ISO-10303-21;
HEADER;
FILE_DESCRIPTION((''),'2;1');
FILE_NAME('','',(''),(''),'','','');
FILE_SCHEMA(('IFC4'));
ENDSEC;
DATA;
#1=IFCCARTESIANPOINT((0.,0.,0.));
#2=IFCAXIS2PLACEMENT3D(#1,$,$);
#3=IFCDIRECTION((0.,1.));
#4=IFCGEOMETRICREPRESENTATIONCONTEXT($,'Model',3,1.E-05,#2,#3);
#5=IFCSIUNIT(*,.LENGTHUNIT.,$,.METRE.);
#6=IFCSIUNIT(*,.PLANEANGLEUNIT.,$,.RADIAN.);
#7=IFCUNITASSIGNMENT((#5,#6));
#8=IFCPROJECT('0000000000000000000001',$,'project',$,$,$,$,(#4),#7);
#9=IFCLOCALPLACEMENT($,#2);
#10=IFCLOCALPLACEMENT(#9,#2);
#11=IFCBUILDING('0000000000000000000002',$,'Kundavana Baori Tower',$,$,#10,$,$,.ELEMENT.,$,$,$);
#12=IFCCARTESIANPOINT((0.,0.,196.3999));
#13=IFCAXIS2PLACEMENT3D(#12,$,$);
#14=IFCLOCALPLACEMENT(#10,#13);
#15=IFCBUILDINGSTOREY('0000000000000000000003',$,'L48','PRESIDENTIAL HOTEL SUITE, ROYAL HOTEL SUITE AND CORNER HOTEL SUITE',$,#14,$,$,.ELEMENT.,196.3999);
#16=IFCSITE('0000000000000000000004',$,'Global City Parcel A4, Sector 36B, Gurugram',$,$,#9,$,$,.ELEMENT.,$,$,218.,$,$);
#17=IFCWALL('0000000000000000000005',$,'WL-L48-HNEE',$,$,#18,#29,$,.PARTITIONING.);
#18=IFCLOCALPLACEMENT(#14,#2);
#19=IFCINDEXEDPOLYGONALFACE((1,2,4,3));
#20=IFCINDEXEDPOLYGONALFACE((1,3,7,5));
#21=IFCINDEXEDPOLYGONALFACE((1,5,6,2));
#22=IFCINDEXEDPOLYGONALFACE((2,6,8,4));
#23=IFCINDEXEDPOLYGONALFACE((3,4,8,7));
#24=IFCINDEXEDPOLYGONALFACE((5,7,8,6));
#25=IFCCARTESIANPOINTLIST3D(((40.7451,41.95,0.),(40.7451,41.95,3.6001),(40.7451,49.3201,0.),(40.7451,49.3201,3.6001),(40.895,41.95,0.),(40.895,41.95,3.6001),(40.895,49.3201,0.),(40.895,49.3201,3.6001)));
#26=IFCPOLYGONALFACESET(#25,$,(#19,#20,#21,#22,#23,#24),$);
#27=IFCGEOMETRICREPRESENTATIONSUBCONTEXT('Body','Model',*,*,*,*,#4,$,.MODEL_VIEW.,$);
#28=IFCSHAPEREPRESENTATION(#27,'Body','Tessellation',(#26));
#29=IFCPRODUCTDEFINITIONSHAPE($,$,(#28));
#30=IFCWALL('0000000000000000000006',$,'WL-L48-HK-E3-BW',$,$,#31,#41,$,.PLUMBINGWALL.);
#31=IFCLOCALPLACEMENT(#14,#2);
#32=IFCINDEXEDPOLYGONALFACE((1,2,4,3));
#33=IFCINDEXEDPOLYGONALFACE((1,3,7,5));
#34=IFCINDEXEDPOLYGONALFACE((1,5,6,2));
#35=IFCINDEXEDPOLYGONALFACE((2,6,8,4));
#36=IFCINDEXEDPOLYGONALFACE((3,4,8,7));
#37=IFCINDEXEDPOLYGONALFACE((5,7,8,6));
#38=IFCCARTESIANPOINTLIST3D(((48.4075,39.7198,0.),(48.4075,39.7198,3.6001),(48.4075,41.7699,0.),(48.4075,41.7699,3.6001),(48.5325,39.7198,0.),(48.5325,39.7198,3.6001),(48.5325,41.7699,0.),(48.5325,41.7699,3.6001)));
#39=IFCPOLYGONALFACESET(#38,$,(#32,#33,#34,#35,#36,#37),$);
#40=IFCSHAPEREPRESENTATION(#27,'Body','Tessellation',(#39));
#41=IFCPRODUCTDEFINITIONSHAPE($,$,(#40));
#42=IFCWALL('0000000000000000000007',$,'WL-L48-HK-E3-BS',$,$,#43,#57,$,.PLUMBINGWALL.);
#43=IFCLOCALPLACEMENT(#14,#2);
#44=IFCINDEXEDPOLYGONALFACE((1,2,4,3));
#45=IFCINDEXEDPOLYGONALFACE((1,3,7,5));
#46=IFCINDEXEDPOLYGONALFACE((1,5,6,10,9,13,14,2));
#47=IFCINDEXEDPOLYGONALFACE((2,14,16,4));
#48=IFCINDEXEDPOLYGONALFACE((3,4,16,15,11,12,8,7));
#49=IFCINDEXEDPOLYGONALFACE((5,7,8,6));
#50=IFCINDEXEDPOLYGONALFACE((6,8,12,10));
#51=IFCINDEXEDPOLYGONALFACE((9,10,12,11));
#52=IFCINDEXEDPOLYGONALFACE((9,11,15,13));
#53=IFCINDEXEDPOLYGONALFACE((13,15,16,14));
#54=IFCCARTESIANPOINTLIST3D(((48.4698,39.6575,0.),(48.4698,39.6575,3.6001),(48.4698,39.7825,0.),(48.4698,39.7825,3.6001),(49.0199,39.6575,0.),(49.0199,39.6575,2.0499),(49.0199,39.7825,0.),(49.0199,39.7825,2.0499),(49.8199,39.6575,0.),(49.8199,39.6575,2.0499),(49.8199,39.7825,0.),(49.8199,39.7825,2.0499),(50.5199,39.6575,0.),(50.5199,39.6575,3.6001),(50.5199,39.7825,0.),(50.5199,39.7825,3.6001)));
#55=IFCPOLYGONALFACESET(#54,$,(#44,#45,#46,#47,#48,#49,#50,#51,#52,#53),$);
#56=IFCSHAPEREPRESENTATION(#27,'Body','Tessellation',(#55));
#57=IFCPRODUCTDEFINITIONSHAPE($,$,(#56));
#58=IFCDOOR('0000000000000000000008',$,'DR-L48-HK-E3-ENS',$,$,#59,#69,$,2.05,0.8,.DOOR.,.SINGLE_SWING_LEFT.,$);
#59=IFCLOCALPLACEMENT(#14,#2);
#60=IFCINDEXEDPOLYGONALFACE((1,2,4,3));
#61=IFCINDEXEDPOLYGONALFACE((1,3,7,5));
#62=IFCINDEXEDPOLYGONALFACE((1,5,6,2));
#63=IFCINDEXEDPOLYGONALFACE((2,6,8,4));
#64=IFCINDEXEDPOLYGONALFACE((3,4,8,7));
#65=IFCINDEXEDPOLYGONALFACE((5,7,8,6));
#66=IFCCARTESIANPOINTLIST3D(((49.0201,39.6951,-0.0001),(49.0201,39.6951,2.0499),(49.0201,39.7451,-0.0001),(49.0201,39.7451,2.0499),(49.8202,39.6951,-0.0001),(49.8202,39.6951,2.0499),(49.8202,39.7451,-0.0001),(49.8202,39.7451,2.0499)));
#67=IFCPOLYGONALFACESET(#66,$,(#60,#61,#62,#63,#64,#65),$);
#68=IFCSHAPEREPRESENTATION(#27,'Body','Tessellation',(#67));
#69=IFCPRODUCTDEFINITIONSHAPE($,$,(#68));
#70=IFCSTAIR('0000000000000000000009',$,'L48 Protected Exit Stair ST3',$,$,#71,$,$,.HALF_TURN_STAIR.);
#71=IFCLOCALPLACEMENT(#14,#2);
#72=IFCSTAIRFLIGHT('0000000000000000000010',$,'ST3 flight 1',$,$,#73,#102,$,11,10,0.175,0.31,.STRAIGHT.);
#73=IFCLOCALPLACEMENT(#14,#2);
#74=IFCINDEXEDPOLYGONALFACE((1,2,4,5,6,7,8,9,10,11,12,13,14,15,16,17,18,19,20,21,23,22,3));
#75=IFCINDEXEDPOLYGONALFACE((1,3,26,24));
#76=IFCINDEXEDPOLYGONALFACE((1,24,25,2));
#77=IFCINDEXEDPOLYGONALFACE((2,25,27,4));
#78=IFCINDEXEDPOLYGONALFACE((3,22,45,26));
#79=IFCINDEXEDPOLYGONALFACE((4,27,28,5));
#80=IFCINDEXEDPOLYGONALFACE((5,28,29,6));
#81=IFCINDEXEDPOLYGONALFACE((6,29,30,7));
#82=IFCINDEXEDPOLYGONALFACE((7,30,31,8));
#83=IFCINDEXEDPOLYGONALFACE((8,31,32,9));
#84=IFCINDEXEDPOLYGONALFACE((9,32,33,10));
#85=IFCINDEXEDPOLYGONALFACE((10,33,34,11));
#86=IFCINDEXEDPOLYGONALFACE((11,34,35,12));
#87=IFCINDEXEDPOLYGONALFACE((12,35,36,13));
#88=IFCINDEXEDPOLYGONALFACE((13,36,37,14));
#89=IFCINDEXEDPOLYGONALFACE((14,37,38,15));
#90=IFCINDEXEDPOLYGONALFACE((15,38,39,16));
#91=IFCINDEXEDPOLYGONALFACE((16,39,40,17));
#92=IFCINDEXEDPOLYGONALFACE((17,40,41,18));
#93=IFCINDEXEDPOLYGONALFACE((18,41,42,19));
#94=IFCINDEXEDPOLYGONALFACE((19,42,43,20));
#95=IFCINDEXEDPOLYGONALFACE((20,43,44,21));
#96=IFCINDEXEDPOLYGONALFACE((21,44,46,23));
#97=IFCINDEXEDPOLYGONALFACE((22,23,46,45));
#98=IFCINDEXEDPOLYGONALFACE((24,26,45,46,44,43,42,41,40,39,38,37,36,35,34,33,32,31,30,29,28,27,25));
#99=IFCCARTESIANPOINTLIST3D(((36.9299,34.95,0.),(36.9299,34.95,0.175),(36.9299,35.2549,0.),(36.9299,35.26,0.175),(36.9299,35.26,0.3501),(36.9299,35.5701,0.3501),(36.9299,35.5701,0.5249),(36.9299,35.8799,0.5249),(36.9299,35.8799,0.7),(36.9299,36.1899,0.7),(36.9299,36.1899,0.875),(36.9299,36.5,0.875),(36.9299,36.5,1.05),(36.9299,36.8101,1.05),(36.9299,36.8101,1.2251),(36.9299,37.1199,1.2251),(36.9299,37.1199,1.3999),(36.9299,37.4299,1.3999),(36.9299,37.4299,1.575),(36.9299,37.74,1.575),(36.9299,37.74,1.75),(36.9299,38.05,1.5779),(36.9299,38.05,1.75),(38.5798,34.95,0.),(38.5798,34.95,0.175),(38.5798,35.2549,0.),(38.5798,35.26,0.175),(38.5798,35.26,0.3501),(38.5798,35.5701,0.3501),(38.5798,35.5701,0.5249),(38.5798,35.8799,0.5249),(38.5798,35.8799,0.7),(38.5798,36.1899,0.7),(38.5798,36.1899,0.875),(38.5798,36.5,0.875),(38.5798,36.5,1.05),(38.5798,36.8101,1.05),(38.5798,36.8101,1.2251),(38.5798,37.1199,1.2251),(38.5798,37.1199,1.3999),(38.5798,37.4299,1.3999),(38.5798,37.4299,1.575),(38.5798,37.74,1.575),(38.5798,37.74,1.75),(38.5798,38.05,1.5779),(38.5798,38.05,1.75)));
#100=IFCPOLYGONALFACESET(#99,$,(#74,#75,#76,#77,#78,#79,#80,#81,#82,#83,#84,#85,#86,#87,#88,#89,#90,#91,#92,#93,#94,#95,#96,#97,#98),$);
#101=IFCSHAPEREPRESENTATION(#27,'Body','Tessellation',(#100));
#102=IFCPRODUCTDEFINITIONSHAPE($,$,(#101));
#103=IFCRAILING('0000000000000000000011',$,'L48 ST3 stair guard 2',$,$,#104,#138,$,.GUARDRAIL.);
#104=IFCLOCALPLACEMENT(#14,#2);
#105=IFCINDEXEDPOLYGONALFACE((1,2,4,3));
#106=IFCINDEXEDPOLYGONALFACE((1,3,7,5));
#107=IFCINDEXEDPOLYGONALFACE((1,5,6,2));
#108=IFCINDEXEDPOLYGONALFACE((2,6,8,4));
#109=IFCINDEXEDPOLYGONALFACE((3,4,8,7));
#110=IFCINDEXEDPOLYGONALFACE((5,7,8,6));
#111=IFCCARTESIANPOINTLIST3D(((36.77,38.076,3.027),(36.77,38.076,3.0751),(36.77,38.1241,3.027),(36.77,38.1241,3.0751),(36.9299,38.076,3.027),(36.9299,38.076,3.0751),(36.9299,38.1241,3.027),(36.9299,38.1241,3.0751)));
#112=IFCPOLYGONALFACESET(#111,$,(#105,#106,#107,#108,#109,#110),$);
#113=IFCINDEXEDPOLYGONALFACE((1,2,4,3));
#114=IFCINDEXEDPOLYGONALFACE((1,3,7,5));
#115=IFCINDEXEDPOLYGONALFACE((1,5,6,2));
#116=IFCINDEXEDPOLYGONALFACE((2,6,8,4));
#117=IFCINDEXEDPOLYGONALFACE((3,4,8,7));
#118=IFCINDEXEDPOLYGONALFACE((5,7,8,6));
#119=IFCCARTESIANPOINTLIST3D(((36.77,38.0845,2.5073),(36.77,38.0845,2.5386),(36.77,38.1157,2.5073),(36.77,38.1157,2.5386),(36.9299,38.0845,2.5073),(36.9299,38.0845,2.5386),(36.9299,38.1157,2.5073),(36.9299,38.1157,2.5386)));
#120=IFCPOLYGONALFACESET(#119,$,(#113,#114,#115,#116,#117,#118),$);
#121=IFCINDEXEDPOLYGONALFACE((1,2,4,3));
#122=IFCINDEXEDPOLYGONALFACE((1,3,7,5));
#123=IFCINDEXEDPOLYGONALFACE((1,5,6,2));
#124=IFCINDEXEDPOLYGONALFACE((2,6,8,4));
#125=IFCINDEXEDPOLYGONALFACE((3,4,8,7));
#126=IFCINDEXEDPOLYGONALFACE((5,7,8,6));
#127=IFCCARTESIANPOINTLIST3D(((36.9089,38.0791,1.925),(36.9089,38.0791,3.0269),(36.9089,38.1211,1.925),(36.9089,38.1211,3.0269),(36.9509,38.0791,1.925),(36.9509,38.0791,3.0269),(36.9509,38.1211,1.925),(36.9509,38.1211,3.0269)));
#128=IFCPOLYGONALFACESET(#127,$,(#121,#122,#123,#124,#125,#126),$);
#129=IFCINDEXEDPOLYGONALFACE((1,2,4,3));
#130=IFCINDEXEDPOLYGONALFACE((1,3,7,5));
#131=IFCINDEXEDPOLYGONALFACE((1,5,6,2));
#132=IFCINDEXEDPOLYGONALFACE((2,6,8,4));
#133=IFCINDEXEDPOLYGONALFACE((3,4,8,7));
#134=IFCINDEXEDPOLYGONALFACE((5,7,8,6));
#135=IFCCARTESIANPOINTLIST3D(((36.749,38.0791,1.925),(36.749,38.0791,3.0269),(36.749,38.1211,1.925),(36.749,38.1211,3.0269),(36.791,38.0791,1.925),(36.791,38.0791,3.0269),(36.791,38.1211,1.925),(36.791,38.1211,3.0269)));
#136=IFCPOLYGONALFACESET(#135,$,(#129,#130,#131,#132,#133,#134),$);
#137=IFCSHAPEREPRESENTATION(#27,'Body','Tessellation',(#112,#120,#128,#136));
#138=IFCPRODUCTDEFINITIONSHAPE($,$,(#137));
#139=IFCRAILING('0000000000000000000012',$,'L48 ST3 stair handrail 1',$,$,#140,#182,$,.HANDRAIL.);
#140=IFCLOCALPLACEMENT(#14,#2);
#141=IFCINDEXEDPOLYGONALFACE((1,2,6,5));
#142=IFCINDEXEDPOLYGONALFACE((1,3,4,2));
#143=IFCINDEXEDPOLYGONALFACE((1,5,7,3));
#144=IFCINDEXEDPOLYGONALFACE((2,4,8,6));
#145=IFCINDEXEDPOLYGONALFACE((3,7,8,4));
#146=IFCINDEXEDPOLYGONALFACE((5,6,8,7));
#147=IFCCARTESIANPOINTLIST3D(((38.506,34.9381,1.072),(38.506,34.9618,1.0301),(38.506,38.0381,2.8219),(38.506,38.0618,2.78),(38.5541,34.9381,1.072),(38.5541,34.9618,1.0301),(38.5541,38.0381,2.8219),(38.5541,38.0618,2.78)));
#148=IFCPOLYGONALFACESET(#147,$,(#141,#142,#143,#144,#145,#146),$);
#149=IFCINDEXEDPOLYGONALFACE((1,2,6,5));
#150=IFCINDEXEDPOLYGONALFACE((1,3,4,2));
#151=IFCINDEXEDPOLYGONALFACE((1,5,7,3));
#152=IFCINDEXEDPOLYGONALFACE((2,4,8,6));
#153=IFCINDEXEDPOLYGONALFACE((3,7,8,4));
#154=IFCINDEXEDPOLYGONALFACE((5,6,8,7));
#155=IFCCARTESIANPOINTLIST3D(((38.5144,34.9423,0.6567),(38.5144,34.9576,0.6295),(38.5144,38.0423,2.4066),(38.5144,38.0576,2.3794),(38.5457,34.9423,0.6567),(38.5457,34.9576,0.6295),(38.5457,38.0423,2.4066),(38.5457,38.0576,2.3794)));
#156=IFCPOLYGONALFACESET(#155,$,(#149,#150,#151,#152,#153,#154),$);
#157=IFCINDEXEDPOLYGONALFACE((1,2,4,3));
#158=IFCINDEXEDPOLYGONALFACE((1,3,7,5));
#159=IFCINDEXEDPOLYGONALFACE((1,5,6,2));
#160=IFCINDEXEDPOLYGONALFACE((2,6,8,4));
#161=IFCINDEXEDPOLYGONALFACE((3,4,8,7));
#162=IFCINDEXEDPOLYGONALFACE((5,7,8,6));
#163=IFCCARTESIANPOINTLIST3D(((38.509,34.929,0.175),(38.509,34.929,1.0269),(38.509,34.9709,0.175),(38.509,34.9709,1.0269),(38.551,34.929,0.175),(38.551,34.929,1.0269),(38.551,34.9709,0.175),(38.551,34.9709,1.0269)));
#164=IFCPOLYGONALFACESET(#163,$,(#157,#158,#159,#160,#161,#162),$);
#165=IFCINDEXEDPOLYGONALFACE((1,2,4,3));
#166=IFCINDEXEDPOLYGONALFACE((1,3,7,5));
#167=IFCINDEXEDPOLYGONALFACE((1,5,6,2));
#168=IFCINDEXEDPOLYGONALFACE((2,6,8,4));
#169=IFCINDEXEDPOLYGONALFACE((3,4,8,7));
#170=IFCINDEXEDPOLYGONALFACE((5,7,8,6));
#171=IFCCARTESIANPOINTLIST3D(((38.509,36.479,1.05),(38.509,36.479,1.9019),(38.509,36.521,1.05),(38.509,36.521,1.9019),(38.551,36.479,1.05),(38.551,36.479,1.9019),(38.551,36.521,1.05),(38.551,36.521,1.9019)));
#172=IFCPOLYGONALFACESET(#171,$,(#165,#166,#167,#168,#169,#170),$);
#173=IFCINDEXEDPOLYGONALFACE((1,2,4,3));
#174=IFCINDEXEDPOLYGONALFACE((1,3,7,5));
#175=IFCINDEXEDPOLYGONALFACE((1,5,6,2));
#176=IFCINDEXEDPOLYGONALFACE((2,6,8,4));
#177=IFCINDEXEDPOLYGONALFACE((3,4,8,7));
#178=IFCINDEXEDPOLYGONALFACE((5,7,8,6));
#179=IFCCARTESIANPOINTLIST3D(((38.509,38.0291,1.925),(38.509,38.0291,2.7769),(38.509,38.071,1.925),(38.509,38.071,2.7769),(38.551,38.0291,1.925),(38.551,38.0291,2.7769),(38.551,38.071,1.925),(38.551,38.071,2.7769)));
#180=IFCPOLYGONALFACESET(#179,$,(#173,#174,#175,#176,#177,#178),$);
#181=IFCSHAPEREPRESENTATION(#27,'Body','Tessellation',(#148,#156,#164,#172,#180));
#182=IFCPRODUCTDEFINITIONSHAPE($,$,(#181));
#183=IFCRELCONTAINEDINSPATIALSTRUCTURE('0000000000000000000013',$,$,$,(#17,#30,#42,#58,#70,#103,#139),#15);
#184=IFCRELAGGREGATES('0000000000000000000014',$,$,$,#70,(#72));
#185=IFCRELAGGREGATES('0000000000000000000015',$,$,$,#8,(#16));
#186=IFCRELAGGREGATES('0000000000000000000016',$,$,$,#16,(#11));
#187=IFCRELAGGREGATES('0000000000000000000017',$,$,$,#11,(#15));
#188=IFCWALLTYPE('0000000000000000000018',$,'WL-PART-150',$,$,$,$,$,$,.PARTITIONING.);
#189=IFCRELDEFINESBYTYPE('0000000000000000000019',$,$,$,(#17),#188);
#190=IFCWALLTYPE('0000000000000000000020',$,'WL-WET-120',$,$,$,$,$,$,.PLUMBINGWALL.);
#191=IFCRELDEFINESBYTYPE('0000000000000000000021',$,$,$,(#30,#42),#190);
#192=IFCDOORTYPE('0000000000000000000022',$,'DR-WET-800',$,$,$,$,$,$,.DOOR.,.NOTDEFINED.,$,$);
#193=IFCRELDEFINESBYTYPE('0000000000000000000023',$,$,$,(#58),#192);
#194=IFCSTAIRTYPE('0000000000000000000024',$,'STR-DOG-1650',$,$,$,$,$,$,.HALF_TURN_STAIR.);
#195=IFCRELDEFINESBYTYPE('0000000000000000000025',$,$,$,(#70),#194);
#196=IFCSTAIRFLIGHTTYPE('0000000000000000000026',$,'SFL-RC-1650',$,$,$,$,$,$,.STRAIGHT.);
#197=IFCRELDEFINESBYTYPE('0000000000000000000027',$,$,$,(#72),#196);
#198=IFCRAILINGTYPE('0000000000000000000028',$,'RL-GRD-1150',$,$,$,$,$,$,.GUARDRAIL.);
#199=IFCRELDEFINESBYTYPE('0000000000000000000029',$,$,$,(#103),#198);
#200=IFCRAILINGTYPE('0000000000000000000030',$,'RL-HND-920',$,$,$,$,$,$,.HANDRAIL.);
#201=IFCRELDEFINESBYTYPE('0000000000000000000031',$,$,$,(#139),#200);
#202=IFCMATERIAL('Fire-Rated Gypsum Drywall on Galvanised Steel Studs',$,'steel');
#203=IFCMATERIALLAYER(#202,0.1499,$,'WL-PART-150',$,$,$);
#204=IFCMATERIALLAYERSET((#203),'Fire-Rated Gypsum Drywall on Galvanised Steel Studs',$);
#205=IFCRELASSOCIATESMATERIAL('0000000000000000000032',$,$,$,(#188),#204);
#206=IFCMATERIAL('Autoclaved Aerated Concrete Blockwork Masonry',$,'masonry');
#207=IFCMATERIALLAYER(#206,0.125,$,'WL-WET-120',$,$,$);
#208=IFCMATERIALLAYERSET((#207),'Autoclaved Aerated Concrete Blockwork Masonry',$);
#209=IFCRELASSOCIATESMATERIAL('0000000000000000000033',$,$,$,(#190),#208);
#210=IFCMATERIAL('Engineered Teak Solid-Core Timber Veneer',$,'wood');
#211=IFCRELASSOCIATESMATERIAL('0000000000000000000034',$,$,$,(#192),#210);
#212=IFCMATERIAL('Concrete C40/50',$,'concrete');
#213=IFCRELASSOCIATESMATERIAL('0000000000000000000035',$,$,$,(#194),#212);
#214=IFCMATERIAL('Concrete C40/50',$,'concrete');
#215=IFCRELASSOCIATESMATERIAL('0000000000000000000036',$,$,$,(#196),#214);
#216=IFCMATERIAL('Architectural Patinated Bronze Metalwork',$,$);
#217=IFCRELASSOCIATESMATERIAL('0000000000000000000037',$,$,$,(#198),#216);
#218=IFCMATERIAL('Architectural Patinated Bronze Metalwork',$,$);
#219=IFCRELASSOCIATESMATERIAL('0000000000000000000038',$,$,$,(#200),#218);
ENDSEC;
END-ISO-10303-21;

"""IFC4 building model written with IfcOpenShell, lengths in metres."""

from ifc_helpers import new_model, si_unit, direction, frame, frame_2d, origin, origin_2d, place, context, subcontext, project, spatial, polyline, rectangle, outline, extrude, material, layer, layer_set, type_object, element, fill, aggregate, save


model = new_model("IFC4")

# Units and contexts
model_context = context("Model", 3, precision=1e-05, world=origin(), true_north=direction((0.0, 1.0)))
body_context = subcontext(model_context, "Body", "Model", "MODEL_VIEW")
ifc_project = project(units=[si_unit("LENGTHUNIT", "METRE"), si_unit("PLANEANGLEUNIT", "RADIAN")], contexts=[model_context])

# Site, building, storey
site_placement = place(None, origin())
site = spatial("IfcSite", under=ifc_project, at=site_placement, Name="Global City Parcel A4, Sector 36B, Gurugram", CompositionType="ELEMENT", RefElevation=218.0)
building_placement = place(site_placement, origin())
building = spatial("IfcBuilding", under=site, at=building_placement, Name="Kundavana Baori Tower", CompositionType="ELEMENT")
storey_placement = place(building_placement, frame((0.0, 0.0, 196.3999)))
storey = spatial("IfcBuildingStorey", under=building, at=storey_placement, Name="L48", Description="PRESIDENTIAL HOTEL SUITE, ROYAL HOTEL SUITE AND CORNER HOTEL SUITE", CompositionType="ELEMENT", Elevation=196.3999)

# Walls
ifc_material_1 = material(Name="Fire-Rated Gypsum Drywall on Galvanised Steel Studs", Category="steel")
ifc_layer_1 = layer(ifc_material_1, 0.1499, Name="WL-PART-150")
ifc_layer_set_1 = layer_set([ifc_layer_1], Name="Fire-Rated Gypsum Drywall on Galvanised Steel Studs")
wall_type_1 = type_object("IfcWallType", Name="WL-PART-150", PredefinedType="PARTITIONING", material=ifc_layer_set_1)
wall_1_placement = place(storey_placement, frame((40.8201, 41.95, 0.0), z_axis=(0.0, 0.0, 1.0), x_axis=(0.0, 1.0, 0.0)))
element("IfcWall", 1, at=wall_1_placement, inside=storey, type_object=wall_type_1, Name="WL-L48-HNEE", PredefinedType="PARTITIONING", context=body_context, shape_type="SweptSolid", body=[
    extrude(rectangle(XDim=7.3701, YDim=0.1499, at=frame_2d((3.6851, 0.0))), origin(), (0.0, 0.0, 1.0), 3.6001),
])
ifc_material_2 = material(Name="Autoclaved Aerated Concrete Blockwork Masonry", Category="masonry")
ifc_layer_2 = layer(ifc_material_2, 0.125, Name="WL-WET-120")
ifc_layer_set_2 = layer_set([ifc_layer_2], Name="Autoclaved Aerated Concrete Blockwork Masonry")
wall_type_2 = type_object("IfcWallType", Name="WL-WET-120", PredefinedType="PLUMBINGWALL", material=ifc_layer_set_2)
wall_2_placement = place(storey_placement, frame((48.47, 39.72, 0.0), z_axis=(0.0, 0.0, 1.0), x_axis=(0.0, 1.0, 0.0)))
element("IfcWall", 2, at=wall_2_placement, inside=storey, type_object=wall_type_2, Name="WL-L48-HK-E3-BW", PredefinedType="PLUMBINGWALL", context=body_context, shape_type="SweptSolid", body=[
    extrude(rectangle(XDim=2.05, YDim=0.125, at=frame_2d((1.0249, 0.0))), origin(), (0.0, 0.0, 1.0), 3.6001),
])

# Wall, opening, door
wall_3_placement = place(storey_placement, frame((48.47, 39.72, 0.0), z_axis=(0.0, 0.0, 1.0), x_axis=(1.0, 0.0, 0.0)))
wall_3 = element("IfcWall", 3, at=wall_3_placement, inside=storey, type_object=wall_type_2, Name="WL-L48-HK-E3-BS", PredefinedType="PLUMBINGWALL", context=body_context, shape_type="SweptSolid", body=[
    extrude(rectangle(XDim=2.05, YDim=0.125, at=frame_2d((1.0249, 0.0))), origin(), (0.0, 0.0, 1.0), 3.6001),
])
opening_1_placement = place(wall_3_placement, frame((0.55, 0.0, 0.0)))
opening_1 = element("IfcOpeningElement", 4, at=opening_1_placement, cuts=wall_3, PredefinedType="OPENING", context=body_context, shape_type="SweptSolid", body=[
    extrude(rectangle(XDim=0.8, YDim=2.05, at=frame_2d((0.3999, 1.0249))), frame((0.0, 0.0725, 0.0), z_axis=(0.0, -1.0, 0.0), x_axis=(1.0, 0.0, 0.0)), (0.0, 0.0, 1.0), 0.145),
])
ifc_material_3 = material(Name="Engineered Teak Solid-Core Timber Veneer", Category="wood")
door_type_1 = type_object("IfcDoorType", Name="DR-WET-800", OperationType="NOTDEFINED", PredefinedType="DOOR", material=ifc_material_3)
door_1_placement = place(opening_1_placement, frame((0.8, 0.0, 0.0), z_axis=(0.0, 0.0, 1.0), x_axis=(-1.0, 0.0, 0.0)))
door_1 = element("IfcDoor", 5, at=door_1_placement, inside=storey, type_object=door_type_1, Name="DR-L48-HK-E3-ENS", OperationType="SINGLE_SWING_LEFT", OverallHeight=2.05, OverallWidth=0.8, PredefinedType="DOOR", context=body_context, shape_type="SweptSolid", body=[
    extrude(rectangle(XDim=0.8, YDim=2.05, at=frame_2d((0.3999, 1.0249))), frame((0.0, 0.0249, 0.0), z_axis=(0.0, -1.0, 0.0), x_axis=(1.0, 0.0, 0.0)), (0.0, 0.0, 1.0), 0.05),
])
fill(opening_1, door_1)

# Stair, stair flight
ifc_material_4 = material(Name="Concrete C40/50", Category="concrete")
stair_type = type_object("IfcStairType", Name="STR-DOG-1650", PredefinedType="HALF_TURN_STAIR", material=ifc_material_4)
stair_placement = place(storey_placement, origin())
stair = element("IfcStair", 6, at=stair_placement, inside=storey, type_object=stair_type, Name="L48 Protected Exit Stair ST3", PredefinedType="HALF_TURN_STAIR")
ifc_material_5 = material(Name="Concrete C40/50", Category="concrete")
stair_flight_type = type_object("IfcStairFlightType", Name="SFL-RC-1650", PredefinedType="STRAIGHT", material=ifc_material_5)
stair_flight_placement = place(storey_placement, frame((37.7549, 34.95, 0.0), z_axis=(0.0, 0.0, 1.0), x_axis=(0.0, 1.0, 0.0)))
stair_flight = element("IfcStairFlight", 7, at=stair_flight_placement, type_object=stair_flight_type, Name="ST3 flight 1", NumberOfRisers=11, NumberOfTreads=10, PredefinedType="STRAIGHT", RiserHeight=0.175, TreadLength=0.31, context=body_context, shape_type="SweptSolid", body=[
    extrude(outline(polyline([(0.0, 0.0), (0.0, 0.175), (0.3101, 0.175), (0.3101, 0.3501), (0.6201, 0.3501), (0.6201, 0.5249), (0.9299, 0.5249), (0.9299, 0.7), (1.24, 0.7), (1.24, 0.875), (1.55, 0.875), (1.55, 1.05), (1.8601, 1.05), (1.8601, 1.2251), (2.1699, 1.2251), (2.1699, 1.3999), (2.48, 1.3999), (2.48, 1.575), (2.79, 1.575), (2.79, 1.75), (3.1001, 1.75), (3.1001, 1.925), (3.1001, 1.5779), (0.3049, 0.0), (0.0, 0.0)])), frame((0.0, 0.825, 0.0), z_axis=(0.0, -1.0, 0.0), x_axis=(1.0, 0.0, 0.0)), (0.0, 0.0, 1.0), 1.6499),
])
aggregate(stair, [stair_flight])

# Railings
ifc_material_6 = material(Name="Architectural Patinated Bronze Metalwork")
railing_type_1 = type_object("IfcRailingType", Name="RL-GRD-1150", PredefinedType="GUARDRAIL", material=ifc_material_6)
railing_1_placement = place(storey_placement, frame((36.9299, 38.1001, 1.925)))
element("IfcRailing", 8, at=railing_1_placement, inside=storey, type_object=railing_type_1, Name="L48 ST3 stair guard 2", PredefinedType="GUARDRAIL", context=body_context, shape_type="SweptSolid", body=[
    extrude(rectangle(XDim=0.0481, YDim=0.0481, at=origin_2d()), frame((0.0, 0.0, 1.126), z_axis=(-1.0, 0.0, 0.0), x_axis=(0.0, -1.0, 0.0)), (0.0, 0.0, 1.0), 0.1599),
    extrude(rectangle(XDim=0.0312, YDim=0.0312, at=origin_2d()), frame((0.0, 0.0, 0.5979), z_axis=(-1.0, 0.0, 0.0), x_axis=(0.0, -1.0, 0.0)), (0.0, 0.0, 1.0), 0.1599),
    extrude(rectangle(XDim=0.042, YDim=0.042, at=origin_2d()), origin(), (0.0, 0.0, 1.0), 1.1018),
    extrude(rectangle(XDim=0.042, YDim=0.042, at=origin_2d()), frame((-0.1599, 0.0, 0.0)), (0.0, 0.0, 1.0), 1.1018),
])
ifc_material_7 = material(Name="Architectural Patinated Bronze Metalwork")
railing_type_2 = type_object("IfcRailingType", Name="RL-HND-920", PredefinedType="HANDRAIL", material=ifc_material_7)
railing_2_placement = place(storey_placement, frame((38.53, 34.95, 0.175)))
element("IfcRailing", 9, at=railing_2_placement, inside=storey, type_object=railing_type_2, Name="L48 ST3 stair handrail 1", PredefinedType="HANDRAIL", context=body_context, shape_type="SweptSolid", body=[
    extrude(rectangle(XDim=0.0481, YDim=0.0481, at=origin_2d()), frame((0.0, 0.0, 0.876), z_axis=(0.0, 0.870831, 0.491583), x_axis=(-1.0, 0.0, 0.0)), (0.0, 0.0, 1.0), 3.5598),
    extrude(rectangle(XDim=0.0312, YDim=0.0312, at=origin_2d()), frame((0.0, 0.0, 0.468), z_axis=(0.0, 0.870831, 0.491583), x_axis=(-1.0, 0.0, 0.0)), (0.0, 0.0, 1.0), 3.5598),
    extrude(rectangle(XDim=0.042, YDim=0.042, at=origin_2d()), origin(), (0.0, 0.0, 1.0), 0.8518),
    extrude(rectangle(XDim=0.042, YDim=0.042, at=origin_2d()), frame((0.0, 1.55, 0.875)), (0.0, 0.0, 1.0), 0.8518),
    extrude(rectangle(XDim=0.042, YDim=0.042, at=origin_2d()), frame((0.0, 3.1001, 1.75)), (0.0, 0.0, 1.0), 0.8518),
])

save(model, "model.ifc")
